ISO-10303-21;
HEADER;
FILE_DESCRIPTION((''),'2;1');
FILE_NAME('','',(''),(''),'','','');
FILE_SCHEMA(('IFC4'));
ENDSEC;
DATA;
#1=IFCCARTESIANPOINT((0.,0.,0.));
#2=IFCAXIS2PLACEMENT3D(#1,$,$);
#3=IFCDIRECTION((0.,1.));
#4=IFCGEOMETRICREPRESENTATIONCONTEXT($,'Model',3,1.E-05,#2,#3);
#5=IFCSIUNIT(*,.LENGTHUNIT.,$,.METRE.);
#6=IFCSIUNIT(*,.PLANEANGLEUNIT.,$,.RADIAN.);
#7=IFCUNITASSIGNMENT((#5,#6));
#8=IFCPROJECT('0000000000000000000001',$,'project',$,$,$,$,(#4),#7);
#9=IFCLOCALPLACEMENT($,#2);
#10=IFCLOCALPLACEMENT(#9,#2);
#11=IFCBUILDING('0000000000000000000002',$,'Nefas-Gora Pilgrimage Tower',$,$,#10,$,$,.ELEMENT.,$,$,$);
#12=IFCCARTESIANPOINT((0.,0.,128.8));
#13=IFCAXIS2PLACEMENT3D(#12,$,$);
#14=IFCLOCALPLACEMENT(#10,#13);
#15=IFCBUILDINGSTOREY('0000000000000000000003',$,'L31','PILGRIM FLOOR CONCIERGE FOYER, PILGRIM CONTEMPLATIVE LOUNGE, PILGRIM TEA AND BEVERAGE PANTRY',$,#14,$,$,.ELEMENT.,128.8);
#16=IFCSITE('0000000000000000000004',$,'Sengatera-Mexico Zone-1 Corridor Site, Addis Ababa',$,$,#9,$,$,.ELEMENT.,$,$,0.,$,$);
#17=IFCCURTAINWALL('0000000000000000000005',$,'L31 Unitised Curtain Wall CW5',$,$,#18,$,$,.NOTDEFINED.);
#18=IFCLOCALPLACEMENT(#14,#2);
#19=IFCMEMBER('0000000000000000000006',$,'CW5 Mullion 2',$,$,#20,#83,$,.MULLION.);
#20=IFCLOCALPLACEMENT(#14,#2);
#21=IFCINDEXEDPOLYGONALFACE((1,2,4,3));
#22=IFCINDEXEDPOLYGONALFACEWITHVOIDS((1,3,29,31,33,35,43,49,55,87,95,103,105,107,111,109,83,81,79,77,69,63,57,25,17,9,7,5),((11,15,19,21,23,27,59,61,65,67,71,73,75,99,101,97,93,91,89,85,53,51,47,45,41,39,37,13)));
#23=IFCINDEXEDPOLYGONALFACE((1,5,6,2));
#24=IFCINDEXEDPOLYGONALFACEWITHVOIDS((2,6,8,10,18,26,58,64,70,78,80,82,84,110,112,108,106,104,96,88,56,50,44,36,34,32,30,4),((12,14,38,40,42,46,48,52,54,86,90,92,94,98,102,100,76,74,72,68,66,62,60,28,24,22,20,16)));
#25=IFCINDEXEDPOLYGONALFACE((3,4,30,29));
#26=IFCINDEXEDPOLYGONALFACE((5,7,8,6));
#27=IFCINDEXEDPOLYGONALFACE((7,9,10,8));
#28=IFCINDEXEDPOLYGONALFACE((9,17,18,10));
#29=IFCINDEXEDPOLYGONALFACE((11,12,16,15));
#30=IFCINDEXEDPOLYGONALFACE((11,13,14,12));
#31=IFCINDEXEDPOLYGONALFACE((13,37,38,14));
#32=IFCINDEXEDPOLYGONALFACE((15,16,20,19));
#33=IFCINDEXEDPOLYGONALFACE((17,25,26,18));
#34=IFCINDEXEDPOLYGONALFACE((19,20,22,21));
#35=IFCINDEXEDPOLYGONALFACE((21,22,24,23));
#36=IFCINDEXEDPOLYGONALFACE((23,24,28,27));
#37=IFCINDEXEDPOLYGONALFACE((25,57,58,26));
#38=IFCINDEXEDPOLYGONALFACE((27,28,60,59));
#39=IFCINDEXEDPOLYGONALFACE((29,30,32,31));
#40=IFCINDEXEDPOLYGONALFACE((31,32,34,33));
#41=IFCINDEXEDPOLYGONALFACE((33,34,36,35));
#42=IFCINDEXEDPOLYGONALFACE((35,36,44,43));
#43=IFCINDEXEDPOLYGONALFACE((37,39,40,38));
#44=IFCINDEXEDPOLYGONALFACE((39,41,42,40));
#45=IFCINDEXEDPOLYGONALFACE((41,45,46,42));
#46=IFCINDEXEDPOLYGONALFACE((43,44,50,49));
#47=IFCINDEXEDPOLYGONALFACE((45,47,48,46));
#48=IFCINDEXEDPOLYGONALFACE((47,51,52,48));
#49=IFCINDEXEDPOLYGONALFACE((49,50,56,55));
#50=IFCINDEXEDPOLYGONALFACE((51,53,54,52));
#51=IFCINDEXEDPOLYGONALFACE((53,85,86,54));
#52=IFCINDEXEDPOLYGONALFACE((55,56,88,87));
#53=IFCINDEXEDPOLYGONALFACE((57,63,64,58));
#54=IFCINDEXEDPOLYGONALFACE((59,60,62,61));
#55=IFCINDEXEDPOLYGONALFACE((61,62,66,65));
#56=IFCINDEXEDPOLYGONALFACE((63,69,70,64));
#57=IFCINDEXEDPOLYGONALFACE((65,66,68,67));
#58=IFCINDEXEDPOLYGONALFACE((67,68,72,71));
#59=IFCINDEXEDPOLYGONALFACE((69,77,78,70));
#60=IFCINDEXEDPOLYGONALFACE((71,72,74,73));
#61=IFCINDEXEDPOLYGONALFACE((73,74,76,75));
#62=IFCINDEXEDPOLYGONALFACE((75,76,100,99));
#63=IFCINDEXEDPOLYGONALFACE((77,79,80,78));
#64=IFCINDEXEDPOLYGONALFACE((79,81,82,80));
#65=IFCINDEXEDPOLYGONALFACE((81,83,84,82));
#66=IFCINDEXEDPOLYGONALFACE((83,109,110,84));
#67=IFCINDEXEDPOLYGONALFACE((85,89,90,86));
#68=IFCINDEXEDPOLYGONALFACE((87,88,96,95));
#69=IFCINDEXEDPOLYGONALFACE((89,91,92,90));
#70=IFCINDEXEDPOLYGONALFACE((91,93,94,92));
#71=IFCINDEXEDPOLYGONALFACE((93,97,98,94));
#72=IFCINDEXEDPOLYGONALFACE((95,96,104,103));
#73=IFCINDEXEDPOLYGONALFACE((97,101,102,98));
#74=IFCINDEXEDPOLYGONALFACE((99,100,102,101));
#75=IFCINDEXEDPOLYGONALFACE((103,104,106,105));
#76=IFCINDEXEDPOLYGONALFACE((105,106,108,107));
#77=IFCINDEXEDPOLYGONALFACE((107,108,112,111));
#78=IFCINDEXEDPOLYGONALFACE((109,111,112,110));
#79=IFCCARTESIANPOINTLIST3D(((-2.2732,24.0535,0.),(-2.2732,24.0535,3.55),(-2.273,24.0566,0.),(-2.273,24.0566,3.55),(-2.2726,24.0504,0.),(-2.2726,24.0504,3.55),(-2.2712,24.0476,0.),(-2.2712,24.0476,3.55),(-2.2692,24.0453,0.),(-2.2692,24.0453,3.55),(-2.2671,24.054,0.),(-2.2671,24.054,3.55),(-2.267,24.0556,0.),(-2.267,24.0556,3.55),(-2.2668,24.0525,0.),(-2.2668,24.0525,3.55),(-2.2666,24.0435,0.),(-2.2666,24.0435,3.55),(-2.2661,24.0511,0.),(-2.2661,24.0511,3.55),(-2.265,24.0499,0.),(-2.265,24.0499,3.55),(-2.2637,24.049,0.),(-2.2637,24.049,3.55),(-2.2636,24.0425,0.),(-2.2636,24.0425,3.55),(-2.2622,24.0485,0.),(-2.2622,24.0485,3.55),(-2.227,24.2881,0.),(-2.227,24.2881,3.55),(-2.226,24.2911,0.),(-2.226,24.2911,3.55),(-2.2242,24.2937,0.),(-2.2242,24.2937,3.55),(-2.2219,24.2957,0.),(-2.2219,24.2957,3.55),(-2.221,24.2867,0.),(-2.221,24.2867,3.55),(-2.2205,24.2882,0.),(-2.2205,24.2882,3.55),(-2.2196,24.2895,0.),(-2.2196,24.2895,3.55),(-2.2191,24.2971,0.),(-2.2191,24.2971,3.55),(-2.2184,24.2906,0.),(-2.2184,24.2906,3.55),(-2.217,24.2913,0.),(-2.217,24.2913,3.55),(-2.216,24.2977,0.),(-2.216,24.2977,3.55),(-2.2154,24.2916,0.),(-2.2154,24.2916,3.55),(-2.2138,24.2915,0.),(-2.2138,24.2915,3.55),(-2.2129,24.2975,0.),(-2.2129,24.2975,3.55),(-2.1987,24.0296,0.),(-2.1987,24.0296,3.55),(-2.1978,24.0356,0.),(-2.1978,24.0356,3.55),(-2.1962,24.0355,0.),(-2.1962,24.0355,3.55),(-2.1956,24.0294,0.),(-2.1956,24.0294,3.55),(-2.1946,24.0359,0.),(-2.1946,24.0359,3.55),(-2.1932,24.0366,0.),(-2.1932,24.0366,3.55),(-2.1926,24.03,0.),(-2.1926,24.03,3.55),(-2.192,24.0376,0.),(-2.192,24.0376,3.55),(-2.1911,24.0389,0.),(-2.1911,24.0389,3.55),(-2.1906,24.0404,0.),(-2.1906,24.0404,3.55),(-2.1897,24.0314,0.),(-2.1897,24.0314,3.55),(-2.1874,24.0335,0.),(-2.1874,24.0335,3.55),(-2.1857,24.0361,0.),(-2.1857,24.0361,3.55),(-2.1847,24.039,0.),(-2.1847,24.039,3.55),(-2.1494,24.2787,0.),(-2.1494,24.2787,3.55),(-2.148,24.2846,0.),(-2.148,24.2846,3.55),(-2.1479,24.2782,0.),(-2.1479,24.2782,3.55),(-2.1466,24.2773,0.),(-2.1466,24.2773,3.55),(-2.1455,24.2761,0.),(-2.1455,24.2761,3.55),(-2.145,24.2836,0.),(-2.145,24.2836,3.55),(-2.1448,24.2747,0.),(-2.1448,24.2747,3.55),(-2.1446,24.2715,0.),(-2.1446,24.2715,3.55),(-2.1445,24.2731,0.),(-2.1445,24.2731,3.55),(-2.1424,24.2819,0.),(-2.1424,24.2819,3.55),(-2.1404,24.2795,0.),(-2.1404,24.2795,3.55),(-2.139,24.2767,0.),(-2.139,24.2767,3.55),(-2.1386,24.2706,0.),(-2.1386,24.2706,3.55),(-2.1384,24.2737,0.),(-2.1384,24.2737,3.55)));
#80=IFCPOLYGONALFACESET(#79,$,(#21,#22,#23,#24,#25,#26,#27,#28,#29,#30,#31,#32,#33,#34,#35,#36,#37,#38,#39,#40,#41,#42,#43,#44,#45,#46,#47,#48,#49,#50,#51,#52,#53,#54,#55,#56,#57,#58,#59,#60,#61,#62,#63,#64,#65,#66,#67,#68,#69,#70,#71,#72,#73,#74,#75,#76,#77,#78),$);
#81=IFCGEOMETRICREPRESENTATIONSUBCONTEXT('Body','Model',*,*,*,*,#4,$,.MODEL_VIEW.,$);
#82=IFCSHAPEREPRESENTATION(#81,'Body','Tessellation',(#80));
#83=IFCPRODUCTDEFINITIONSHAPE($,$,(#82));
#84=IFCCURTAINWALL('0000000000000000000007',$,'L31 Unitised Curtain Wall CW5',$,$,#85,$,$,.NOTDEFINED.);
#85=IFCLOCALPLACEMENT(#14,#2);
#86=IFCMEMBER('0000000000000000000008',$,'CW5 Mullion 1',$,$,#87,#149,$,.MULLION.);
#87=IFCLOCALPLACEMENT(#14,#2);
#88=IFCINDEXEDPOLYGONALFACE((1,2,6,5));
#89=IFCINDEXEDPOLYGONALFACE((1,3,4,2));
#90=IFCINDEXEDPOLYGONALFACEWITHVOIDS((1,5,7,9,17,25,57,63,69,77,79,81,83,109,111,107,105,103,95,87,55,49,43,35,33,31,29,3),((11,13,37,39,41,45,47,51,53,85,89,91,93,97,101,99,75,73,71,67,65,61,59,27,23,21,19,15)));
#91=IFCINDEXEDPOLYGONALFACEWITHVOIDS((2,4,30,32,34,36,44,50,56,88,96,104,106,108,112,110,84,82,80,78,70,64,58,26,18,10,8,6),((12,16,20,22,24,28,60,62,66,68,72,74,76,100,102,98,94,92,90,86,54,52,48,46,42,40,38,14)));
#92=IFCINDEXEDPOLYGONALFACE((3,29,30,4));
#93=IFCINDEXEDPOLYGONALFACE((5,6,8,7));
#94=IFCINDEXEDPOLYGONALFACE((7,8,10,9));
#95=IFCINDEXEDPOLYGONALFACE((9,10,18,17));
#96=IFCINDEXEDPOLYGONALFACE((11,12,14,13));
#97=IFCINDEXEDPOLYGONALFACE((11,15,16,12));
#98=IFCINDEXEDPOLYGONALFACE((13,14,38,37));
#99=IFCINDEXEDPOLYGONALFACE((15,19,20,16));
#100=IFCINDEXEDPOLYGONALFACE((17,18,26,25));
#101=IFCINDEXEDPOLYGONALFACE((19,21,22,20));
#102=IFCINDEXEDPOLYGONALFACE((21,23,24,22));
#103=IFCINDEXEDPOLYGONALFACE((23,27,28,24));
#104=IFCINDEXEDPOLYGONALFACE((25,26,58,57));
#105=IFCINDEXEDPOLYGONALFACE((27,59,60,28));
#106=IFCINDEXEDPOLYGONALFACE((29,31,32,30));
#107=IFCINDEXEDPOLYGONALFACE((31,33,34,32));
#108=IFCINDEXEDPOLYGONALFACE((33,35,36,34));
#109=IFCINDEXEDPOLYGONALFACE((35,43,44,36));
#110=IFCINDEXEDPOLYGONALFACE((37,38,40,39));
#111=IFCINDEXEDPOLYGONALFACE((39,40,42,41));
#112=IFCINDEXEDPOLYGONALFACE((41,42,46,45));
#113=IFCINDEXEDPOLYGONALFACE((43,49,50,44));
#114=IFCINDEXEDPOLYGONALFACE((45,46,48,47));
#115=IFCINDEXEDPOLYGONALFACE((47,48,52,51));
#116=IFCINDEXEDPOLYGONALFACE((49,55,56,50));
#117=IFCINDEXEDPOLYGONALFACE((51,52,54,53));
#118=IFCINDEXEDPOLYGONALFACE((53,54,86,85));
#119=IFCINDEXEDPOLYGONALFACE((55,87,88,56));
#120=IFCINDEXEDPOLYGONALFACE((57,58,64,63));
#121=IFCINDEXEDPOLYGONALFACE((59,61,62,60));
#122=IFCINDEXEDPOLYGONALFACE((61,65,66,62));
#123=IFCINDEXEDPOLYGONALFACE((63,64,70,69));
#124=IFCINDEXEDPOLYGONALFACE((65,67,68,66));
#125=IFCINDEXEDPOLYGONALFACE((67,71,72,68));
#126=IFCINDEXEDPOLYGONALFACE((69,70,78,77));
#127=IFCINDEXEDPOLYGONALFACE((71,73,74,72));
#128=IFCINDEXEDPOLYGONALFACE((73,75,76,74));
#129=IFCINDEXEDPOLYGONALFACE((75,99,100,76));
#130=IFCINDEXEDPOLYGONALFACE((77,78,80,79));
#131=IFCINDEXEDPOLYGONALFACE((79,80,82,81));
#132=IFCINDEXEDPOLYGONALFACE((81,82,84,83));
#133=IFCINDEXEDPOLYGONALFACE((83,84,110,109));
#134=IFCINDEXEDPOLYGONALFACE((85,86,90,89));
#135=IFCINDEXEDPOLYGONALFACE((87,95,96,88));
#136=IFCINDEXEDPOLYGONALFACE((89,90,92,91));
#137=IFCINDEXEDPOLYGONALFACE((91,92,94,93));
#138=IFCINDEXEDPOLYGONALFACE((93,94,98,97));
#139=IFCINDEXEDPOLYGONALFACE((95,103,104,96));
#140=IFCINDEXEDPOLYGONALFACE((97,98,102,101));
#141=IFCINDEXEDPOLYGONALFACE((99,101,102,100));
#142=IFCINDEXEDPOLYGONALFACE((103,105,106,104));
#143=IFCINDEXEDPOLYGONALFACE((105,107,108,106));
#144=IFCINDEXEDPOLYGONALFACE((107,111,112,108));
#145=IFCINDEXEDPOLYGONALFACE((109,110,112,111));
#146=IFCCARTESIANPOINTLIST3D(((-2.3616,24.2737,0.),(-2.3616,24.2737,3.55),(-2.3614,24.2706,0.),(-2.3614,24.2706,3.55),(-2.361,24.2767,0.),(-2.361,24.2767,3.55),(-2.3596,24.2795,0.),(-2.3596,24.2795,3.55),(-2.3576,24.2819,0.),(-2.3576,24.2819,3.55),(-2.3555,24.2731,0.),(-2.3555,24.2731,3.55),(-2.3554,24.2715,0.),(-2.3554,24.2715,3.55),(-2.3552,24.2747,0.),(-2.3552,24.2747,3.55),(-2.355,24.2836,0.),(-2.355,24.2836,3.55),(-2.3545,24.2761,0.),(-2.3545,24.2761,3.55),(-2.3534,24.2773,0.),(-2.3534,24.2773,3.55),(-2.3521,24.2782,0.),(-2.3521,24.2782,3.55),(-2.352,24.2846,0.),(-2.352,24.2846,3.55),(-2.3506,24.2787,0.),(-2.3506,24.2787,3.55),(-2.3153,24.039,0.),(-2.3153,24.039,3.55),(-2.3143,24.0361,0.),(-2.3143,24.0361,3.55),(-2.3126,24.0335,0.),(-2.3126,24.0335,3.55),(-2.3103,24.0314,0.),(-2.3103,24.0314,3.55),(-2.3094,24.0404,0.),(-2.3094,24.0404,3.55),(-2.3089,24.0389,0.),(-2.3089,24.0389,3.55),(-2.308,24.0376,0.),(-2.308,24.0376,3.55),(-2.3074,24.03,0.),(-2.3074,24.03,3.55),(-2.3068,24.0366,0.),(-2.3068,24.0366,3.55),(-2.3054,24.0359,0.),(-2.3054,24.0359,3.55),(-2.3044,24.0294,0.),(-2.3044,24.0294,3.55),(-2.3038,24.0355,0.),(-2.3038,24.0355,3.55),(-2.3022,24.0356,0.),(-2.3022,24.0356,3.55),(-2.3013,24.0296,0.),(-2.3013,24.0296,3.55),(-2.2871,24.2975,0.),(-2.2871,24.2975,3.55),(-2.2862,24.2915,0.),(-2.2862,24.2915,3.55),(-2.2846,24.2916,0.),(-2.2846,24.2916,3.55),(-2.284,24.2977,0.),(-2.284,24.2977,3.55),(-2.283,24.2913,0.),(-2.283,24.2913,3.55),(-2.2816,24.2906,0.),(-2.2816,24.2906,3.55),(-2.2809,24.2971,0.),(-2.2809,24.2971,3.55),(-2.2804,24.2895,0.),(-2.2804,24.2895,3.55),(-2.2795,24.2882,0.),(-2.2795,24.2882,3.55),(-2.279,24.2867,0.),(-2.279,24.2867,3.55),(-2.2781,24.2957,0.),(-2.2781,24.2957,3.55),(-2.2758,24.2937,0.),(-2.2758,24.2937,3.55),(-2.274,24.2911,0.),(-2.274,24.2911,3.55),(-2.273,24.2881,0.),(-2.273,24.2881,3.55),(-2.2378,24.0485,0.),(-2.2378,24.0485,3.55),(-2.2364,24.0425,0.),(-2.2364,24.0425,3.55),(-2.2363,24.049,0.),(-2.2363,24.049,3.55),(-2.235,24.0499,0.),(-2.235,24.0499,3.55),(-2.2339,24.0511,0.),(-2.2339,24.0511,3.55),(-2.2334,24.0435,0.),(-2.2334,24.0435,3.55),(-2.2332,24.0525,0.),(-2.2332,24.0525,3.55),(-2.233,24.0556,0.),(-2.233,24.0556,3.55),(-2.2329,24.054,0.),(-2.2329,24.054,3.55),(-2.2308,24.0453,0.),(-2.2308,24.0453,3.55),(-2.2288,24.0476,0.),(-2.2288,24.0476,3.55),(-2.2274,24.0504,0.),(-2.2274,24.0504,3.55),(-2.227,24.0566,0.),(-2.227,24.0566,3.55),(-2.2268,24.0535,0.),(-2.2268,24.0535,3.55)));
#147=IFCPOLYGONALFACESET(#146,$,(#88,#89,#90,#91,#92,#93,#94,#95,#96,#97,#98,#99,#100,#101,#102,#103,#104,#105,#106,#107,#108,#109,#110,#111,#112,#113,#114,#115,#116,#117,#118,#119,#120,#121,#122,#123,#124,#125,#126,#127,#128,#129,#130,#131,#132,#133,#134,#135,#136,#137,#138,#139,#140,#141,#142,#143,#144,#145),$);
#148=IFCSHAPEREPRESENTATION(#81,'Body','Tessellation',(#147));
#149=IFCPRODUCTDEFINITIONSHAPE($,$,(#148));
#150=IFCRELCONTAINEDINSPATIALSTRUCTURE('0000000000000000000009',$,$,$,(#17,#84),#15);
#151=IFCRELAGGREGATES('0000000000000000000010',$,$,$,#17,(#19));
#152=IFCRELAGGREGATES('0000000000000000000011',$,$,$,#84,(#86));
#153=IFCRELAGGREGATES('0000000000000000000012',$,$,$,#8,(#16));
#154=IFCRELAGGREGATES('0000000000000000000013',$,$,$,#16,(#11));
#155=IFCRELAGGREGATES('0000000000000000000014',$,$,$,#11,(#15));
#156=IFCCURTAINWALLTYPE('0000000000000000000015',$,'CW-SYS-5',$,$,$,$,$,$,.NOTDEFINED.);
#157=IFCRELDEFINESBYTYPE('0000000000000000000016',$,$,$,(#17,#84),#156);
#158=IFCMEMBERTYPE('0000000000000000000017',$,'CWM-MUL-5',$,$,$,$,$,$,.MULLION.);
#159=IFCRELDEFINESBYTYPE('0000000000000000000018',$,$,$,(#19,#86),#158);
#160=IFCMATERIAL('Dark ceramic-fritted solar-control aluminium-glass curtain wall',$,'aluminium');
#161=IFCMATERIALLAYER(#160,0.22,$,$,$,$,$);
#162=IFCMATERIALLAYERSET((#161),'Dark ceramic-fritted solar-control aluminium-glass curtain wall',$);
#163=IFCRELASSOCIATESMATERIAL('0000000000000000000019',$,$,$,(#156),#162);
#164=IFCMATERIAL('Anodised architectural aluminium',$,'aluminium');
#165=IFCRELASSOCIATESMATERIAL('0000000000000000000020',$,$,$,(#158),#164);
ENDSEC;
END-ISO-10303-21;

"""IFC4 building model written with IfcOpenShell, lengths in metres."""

from ifc_helpers import new_model, si_unit, direction, frame, origin, origin_2d, place, context, subcontext, project, spatial, hollow_rectangle, extrude, source, transform, mapped, material, layer, layer_set, material_profile, profile_set, type_object, element, aggregate, save


model = new_model("IFC4")

# Units and contexts
model_context = context("Model", 3, precision=1e-05, world=origin(), true_north=direction((0.0, 1.0)))
body_context = subcontext(model_context, "Body", "Model", "MODEL_VIEW")
ifc_project = project(units=[si_unit("LENGTHUNIT", "METRE"), si_unit("PLANEANGLEUNIT", "RADIAN")], contexts=[model_context])

# Site, building, storey
site_placement = place(None, origin())
site = spatial("IfcSite", under=ifc_project, at=site_placement, Name="Sengatera-Mexico Zone-1 Corridor Site, Addis Ababa", CompositionType="ELEMENT", RefElevation=0.0)
building_placement = place(site_placement, origin())
building = spatial("IfcBuilding", under=site, at=building_placement, Name="Nefas-Gora Pilgrimage Tower", CompositionType="ELEMENT")
storey_placement = place(building_placement, frame((0.0, 0.0, 128.8)))
storey = spatial("IfcBuildingStorey", under=building, at=storey_placement, Name="L31", Description="PILGRIM FLOOR CONCIERGE FOYER, PILGRIM CONTEMPLATIVE LOUNGE, PILGRIM TEA AND BEVERAGE PANTRY", CompositionType="ELEMENT", Elevation=128.8)

# Curtain wall, member
ifc_material_1 = material(Name="Dark ceramic-fritted solar-control aluminium-glass curtain wall", Category="aluminium")
ifc_layer_1 = layer(ifc_material_1, 0.22)
ifc_layer_set_1 = layer_set([ifc_layer_1], Name="Dark ceramic-fritted solar-control aluminium-glass curtain wall")
curtain_wall_type = type_object("IfcCurtainWallType", Name="CW-SYS-5", PredefinedType="NOTDEFINED", material=ifc_layer_set_1)
curtain_wall_1_placement = place(storey_placement, origin())
curtain_wall_1 = element("IfcCurtainWall", 1, at=curtain_wall_1_placement, inside=storey, type_object=curtain_wall_type, Name="L31 Unitised Curtain Wall CW5", PredefinedType="NOTDEFINED")
ifc_material_2 = material(Name="Anodised architectural aluminium", Category="aluminium")
ifc_material_profile_1 = material_profile(ifc_material_2, hollow_rectangle(XDim=0.0901, YDim=0.26, WallThickness=0.0061, InnerFilletRadius=0.0061, OuterFilletRadius=0.012, at=origin_2d()), Name="ALU MULLION 90x260")
ifc_profile_set_1 = profile_set([ifc_material_profile_1], Name="Anodised architectural aluminium")
member_type_1 = type_object("IfcMemberType", Name="CWM-MUL-5", PredefinedType="MULLION", material=ifc_profile_set_1)
shared_shape_1 = source(origin(), body_context, "Body", "SweptSolid", [
    extrude(hollow_rectangle(XDim=0.0901, YDim=0.26, WallThickness=0.0061, InnerFilletRadius=0.0061, OuterFilletRadius=0.012, at=origin_2d()), origin(), (0.0, 0.0, 1.0), 3.55),
])
member_1_placement = place(storey_placement, frame((-2.2058, 24.1636, 0.0), z_axis=(0.0, 0.0, 1.0), x_axis=(-0.980783, 0.195102, 0.0)))
member_1 = element("IfcMember", 2, at=member_1_placement, type_object=member_type_1, Name="CW5 Mullion 2", PredefinedType="MULLION", context=body_context, shape_type="MappedRepresentation", body=[
    mapped(shared_shape_1, transform((0.0, 0.0, 0.0), x_axis=(1.0, 0.0, 0.0), y_axis=(0.0, 1.0, 0.0), z_axis=(0.0, 0.0, 1.0), scale=1.0)),
])

# Curtain wall, member
curtain_wall_2_placement = place(storey_placement, origin())
curtain_wall_2 = element("IfcCurtainWall", 3, at=curtain_wall_2_placement, inside=storey, type_object=curtain_wall_type, Name="L31 Unitised Curtain Wall CW5", PredefinedType="NOTDEFINED")
member_2_placement = place(storey_placement, frame((-2.2942, 24.1636, 0.0), z_axis=(0.0, 0.0, 1.0), x_axis=(-0.980783, -0.195102, 0.0)))
member_2 = element("IfcMember", 4, at=member_2_placement, type_object=member_type_1, Name="CW5 Mullion 1", PredefinedType="MULLION", context=body_context, shape_type="MappedRepresentation", body=[
    mapped(shared_shape_1, transform((0.0, 0.0, 0.0), x_axis=(1.0, 0.0, 0.0), y_axis=(0.0, 1.0, 0.0), z_axis=(0.0, 0.0, 1.0), scale=1.0)),
])

aggregate(curtain_wall_1, [member_1])
aggregate(curtain_wall_2, [member_2])

save(model, "model.ifc")
